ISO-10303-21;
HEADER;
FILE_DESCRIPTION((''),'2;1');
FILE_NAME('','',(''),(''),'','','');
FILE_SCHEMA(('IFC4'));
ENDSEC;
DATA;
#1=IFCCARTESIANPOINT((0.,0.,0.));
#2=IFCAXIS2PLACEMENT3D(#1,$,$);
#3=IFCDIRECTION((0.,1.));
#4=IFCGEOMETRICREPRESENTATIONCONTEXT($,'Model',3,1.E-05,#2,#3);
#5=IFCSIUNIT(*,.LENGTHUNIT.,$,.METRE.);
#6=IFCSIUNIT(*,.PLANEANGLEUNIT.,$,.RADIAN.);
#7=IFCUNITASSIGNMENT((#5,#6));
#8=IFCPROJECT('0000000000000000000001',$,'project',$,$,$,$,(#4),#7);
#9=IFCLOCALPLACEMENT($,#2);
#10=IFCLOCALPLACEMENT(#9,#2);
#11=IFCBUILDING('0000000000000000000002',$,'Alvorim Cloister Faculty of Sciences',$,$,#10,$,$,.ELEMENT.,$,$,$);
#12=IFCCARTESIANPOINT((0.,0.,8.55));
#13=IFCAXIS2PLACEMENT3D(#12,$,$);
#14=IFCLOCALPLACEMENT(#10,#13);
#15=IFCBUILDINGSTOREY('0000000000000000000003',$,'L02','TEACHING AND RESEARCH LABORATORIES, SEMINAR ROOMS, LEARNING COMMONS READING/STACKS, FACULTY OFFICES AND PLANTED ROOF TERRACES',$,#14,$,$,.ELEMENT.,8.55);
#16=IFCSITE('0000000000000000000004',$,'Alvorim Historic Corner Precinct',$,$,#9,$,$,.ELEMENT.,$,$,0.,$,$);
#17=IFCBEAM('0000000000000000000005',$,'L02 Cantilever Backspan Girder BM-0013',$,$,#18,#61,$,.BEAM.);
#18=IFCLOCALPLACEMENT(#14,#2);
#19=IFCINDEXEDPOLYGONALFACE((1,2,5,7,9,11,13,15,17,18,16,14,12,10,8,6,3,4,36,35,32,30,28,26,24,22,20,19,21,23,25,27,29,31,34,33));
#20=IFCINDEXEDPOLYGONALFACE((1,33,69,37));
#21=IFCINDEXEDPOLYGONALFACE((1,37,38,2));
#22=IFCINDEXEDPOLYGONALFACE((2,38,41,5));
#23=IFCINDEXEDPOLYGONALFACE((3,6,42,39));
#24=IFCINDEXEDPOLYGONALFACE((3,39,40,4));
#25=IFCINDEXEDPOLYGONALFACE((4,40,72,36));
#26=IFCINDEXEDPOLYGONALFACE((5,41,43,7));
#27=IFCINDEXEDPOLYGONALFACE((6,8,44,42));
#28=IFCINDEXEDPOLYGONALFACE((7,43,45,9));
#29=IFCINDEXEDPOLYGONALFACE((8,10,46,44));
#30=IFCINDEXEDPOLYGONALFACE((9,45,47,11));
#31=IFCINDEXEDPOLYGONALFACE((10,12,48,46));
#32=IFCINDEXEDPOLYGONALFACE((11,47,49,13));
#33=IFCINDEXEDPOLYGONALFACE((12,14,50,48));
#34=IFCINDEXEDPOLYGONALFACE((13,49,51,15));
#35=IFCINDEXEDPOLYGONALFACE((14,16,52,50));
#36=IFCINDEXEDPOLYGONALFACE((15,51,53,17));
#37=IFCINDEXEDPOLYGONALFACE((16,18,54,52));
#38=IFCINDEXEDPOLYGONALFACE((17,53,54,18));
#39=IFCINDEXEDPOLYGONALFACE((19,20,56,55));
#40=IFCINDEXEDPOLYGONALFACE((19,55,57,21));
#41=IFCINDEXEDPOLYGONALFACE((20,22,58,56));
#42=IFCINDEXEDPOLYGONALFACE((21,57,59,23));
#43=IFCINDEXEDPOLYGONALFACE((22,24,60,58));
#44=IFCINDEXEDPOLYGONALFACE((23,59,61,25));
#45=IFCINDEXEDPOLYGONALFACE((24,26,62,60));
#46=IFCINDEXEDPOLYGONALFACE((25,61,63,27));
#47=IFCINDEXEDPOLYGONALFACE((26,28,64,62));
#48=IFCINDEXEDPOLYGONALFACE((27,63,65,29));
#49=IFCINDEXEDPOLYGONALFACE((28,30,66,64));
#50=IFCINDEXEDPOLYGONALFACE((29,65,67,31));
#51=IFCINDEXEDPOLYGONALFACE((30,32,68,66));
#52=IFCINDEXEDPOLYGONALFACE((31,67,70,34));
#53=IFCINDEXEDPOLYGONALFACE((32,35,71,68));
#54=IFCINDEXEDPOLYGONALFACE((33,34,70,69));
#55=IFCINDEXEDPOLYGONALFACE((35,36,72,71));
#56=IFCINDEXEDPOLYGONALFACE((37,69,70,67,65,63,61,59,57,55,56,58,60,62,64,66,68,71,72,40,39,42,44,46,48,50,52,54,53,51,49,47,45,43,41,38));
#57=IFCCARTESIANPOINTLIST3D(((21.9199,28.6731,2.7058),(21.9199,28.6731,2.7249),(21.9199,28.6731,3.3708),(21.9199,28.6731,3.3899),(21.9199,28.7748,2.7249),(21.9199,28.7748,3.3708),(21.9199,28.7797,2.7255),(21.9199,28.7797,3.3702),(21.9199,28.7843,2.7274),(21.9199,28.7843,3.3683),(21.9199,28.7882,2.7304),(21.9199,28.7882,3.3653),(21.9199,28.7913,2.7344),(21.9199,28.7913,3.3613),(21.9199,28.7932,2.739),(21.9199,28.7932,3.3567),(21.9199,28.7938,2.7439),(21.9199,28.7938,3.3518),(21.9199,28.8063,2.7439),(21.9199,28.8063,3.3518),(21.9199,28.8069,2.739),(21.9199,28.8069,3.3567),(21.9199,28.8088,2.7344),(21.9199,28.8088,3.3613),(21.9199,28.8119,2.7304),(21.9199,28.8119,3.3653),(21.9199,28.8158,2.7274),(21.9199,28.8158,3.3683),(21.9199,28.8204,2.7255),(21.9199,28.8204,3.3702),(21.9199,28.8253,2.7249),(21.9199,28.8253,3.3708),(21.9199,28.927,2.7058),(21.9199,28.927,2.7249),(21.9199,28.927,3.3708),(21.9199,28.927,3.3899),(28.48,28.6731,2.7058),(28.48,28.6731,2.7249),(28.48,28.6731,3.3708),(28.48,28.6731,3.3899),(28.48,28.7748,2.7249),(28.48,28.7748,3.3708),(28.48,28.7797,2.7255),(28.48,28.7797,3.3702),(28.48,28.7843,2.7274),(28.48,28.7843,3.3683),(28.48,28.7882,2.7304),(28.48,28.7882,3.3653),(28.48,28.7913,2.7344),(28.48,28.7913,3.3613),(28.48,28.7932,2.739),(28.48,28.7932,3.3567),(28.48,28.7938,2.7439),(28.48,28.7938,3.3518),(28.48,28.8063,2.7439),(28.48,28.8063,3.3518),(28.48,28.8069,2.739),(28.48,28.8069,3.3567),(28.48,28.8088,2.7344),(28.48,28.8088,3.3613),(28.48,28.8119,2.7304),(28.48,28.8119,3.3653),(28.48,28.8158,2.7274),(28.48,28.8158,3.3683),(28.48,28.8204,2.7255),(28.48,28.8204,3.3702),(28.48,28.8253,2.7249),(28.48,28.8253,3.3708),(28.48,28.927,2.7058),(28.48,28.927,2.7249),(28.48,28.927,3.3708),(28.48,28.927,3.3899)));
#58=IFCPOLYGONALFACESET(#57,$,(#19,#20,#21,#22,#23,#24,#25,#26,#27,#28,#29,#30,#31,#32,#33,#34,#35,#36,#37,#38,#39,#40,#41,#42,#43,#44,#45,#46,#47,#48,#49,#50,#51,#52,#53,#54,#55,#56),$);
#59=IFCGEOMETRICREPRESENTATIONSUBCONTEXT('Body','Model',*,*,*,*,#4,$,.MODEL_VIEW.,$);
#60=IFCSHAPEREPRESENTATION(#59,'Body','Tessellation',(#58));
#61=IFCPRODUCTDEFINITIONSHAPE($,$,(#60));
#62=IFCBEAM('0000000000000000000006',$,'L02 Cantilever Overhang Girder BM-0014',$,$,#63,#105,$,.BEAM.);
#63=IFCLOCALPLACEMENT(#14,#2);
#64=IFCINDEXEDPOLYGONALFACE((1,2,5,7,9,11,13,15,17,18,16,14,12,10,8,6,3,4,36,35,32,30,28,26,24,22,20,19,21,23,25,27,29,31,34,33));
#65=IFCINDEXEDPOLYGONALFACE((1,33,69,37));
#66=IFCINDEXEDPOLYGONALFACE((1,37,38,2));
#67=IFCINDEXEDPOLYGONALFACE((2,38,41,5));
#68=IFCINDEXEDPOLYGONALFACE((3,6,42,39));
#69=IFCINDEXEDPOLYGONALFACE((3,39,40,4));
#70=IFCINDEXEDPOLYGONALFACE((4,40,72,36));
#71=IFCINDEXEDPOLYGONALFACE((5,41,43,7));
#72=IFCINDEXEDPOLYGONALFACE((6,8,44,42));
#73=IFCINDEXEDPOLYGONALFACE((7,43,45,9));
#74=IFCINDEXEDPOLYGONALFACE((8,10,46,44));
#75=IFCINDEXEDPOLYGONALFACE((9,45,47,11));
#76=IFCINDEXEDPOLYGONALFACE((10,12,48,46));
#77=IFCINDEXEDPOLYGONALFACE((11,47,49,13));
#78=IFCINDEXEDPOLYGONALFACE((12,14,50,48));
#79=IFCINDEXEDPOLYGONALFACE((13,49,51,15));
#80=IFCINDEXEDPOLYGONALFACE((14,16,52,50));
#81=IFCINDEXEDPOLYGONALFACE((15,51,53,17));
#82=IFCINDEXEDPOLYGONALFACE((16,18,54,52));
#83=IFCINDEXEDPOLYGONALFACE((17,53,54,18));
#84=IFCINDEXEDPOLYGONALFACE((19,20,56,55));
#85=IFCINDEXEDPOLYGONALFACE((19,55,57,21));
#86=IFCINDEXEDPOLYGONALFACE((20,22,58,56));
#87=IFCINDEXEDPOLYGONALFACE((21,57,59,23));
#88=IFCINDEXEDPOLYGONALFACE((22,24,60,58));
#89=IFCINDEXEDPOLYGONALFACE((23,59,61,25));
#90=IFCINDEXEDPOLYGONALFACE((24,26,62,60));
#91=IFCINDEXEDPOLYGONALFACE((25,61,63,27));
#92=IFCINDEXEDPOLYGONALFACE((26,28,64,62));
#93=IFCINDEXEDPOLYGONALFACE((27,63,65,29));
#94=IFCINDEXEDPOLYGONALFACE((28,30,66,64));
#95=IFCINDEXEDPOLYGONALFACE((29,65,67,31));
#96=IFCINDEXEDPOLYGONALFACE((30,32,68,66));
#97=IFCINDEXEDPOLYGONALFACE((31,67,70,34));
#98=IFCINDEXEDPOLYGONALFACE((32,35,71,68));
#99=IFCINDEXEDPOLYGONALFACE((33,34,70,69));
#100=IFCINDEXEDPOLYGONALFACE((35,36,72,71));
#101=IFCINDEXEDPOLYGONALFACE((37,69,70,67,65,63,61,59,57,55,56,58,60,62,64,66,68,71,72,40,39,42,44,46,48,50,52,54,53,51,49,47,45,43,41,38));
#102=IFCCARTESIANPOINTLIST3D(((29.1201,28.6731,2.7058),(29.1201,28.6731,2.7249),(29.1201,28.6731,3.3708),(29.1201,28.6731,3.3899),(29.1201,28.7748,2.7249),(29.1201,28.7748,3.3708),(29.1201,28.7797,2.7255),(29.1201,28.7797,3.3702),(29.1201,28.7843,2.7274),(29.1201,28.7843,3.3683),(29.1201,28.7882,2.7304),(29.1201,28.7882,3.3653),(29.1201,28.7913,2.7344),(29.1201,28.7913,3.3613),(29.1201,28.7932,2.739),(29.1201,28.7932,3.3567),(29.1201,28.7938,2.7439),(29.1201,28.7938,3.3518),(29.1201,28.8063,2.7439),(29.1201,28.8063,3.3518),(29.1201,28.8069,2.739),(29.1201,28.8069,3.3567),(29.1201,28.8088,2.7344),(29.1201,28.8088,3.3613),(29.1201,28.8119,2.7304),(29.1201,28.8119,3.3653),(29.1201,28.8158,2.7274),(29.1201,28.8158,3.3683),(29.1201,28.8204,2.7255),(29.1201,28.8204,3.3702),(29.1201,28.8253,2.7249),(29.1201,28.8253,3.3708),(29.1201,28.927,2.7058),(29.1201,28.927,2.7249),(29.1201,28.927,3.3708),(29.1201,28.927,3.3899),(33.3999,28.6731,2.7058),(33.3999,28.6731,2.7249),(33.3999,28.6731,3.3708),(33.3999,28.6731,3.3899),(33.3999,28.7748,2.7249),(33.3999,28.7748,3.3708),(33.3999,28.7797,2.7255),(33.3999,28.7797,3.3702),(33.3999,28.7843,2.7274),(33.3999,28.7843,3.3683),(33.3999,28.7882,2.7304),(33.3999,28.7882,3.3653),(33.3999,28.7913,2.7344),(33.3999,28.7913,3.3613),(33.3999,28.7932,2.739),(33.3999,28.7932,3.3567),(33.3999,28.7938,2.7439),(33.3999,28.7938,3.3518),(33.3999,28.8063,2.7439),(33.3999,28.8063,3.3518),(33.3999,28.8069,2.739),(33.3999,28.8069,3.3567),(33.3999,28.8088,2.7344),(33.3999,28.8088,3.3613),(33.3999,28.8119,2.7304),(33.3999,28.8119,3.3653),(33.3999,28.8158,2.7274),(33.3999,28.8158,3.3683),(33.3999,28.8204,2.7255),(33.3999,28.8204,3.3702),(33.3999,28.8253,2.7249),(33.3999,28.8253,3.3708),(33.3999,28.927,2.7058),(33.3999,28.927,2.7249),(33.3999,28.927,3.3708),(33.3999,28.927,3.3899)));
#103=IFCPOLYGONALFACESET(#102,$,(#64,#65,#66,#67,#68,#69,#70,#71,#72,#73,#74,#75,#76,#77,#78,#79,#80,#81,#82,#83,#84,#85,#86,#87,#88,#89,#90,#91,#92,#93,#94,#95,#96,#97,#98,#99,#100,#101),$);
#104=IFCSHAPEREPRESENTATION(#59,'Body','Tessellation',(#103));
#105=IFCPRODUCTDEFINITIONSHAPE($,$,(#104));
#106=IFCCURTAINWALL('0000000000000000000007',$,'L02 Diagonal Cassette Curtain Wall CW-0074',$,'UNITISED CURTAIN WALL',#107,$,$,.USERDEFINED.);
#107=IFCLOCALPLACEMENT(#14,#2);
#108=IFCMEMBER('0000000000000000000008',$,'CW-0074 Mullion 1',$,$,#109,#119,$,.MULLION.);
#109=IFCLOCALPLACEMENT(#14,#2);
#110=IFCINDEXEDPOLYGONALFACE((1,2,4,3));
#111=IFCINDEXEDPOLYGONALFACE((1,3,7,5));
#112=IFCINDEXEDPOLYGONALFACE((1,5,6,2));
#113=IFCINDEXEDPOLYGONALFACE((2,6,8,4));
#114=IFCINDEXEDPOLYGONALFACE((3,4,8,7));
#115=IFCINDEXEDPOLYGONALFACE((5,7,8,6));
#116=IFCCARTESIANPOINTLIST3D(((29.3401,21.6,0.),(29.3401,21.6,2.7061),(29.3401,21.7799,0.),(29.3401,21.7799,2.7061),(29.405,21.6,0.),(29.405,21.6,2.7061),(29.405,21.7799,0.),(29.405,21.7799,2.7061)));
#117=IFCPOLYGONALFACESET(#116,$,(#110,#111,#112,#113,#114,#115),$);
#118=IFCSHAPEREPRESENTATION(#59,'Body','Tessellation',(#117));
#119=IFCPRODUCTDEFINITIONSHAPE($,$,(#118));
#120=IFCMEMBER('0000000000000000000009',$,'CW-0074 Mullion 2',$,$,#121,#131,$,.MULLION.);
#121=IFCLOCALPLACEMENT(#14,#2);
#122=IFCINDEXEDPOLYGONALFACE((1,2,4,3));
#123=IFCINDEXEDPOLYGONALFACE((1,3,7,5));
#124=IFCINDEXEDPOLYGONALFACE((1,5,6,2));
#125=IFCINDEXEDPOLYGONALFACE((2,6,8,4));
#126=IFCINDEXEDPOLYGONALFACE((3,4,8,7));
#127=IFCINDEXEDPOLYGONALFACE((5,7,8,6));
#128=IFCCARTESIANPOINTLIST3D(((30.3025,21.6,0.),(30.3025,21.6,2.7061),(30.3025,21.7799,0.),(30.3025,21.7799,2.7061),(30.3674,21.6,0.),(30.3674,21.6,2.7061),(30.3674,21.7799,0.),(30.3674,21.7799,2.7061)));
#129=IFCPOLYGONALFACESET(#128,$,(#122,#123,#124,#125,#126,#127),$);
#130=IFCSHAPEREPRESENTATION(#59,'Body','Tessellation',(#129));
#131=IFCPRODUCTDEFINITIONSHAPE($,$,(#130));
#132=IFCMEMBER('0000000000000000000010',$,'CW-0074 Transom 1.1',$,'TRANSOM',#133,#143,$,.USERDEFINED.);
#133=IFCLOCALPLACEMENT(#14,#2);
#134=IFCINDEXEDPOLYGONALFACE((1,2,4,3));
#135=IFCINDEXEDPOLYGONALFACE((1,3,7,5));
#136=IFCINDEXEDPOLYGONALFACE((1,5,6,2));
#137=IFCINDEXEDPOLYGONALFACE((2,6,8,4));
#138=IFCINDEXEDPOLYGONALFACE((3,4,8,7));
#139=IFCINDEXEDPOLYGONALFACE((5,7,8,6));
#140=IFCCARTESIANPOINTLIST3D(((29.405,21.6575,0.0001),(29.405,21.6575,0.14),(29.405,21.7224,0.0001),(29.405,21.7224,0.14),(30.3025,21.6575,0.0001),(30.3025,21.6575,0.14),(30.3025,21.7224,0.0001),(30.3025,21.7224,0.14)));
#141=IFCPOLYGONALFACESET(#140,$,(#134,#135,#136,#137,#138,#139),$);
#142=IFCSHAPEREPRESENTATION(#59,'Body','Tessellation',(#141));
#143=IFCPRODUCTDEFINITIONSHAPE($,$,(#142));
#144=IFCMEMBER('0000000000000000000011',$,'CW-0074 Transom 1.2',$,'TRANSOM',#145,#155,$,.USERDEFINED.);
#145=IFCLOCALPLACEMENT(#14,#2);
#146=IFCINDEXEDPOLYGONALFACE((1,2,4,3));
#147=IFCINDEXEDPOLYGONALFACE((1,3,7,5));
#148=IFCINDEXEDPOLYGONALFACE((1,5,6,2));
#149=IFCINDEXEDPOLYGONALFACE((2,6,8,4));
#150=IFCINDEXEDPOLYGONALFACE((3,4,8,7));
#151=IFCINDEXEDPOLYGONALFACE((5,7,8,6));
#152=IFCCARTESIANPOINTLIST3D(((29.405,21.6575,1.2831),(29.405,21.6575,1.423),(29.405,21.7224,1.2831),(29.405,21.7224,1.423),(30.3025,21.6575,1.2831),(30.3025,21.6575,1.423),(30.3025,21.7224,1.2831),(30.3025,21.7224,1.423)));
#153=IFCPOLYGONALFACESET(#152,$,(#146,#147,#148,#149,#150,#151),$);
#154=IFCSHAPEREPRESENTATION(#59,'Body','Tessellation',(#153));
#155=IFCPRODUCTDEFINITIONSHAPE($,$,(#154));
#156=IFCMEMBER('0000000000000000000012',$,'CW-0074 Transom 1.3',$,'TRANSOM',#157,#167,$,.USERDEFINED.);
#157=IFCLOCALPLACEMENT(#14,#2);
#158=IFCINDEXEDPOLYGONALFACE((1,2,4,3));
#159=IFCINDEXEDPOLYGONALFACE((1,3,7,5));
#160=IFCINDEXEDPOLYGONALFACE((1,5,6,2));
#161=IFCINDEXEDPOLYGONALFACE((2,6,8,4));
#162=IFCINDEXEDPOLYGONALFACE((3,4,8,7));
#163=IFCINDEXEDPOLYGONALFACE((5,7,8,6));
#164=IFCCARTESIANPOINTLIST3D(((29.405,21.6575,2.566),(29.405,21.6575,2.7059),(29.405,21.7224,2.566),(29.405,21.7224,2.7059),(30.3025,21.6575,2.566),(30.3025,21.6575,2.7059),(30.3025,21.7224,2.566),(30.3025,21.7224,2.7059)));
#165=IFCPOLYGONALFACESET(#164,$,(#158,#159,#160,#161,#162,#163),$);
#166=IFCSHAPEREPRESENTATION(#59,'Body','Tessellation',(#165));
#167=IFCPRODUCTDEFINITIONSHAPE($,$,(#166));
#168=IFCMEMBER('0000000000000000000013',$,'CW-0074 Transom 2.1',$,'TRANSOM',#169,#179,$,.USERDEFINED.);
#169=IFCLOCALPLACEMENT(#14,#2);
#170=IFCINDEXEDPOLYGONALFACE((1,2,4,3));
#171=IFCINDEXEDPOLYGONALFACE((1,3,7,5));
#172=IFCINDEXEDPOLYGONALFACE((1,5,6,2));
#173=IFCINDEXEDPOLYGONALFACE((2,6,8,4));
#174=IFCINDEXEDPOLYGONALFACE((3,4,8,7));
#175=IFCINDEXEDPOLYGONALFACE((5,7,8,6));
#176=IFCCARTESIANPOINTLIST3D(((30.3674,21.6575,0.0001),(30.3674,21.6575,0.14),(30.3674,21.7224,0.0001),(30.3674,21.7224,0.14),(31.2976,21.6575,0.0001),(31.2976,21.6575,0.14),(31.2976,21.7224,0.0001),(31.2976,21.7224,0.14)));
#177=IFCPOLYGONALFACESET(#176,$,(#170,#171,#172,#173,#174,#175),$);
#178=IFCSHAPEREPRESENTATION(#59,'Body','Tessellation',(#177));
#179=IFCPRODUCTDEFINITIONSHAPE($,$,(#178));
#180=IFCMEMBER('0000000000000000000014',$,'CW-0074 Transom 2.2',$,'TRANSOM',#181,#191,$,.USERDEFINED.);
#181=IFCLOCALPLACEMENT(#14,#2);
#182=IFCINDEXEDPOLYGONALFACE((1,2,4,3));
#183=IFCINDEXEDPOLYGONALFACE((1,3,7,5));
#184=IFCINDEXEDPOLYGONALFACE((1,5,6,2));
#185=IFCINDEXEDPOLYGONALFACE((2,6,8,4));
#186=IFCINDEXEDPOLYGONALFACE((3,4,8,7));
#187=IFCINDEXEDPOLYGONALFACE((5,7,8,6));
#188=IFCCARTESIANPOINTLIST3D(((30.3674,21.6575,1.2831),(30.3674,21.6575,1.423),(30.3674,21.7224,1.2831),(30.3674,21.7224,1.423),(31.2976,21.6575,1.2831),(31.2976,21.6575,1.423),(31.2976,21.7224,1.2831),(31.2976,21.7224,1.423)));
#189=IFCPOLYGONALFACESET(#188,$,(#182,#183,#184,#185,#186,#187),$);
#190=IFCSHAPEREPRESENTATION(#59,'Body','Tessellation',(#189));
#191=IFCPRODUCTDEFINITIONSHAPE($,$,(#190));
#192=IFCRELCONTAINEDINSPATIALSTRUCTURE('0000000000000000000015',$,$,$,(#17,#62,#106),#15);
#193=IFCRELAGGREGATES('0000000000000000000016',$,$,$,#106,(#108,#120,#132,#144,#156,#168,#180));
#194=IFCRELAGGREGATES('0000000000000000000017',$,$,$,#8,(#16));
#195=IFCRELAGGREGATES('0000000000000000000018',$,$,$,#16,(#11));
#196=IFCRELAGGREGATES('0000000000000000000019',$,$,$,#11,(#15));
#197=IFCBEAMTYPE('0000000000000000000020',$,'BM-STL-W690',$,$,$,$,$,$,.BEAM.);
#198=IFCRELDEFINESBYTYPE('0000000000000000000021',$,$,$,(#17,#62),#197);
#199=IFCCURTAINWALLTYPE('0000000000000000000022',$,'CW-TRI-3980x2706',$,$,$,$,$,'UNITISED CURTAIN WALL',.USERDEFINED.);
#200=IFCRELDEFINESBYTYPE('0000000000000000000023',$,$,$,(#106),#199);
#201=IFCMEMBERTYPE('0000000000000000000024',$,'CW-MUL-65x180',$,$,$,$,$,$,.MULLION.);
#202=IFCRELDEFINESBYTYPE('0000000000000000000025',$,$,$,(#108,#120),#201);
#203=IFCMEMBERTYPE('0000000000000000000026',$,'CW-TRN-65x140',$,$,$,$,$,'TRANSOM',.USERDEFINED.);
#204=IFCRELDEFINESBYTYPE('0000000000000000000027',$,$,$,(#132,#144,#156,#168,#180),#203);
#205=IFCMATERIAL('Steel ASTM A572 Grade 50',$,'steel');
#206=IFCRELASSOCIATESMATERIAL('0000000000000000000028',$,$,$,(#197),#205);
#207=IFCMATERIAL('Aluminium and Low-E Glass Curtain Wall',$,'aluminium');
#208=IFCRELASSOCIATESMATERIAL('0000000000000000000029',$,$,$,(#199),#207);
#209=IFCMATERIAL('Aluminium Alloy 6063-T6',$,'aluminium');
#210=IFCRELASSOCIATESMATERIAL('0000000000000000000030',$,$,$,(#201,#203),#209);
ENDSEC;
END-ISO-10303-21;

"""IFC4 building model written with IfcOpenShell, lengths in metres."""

from ifc_helpers import new_model, si_unit, direction, frame, origin, origin_2d, place, context, subcontext, project, spatial, rectangle, i_section, extrude, material, material_profile, profile_set, type_object, element, aggregate, save


model = new_model("IFC4")

# Units and contexts
model_context = context("Model", 3, precision=1e-05, world=origin(), true_north=direction((0.0, 1.0)))
body_context = subcontext(model_context, "Body", "Model", "MODEL_VIEW")
ifc_project = project(units=[si_unit("LENGTHUNIT", "METRE"), si_unit("PLANEANGLEUNIT", "RADIAN")], contexts=[model_context])

# Site, building, storey
site_placement = place(None, origin())
site = spatial("IfcSite", under=ifc_project, at=site_placement, Name="Alvorim Historic Corner Precinct", CompositionType="ELEMENT", RefElevation=0.0)
building_placement = place(site_placement, origin())
building = spatial("IfcBuilding", under=site, at=building_placement, Name="Alvorim Cloister Faculty of Sciences", CompositionType="ELEMENT")
storey_placement = place(building_placement, frame((0.0, 0.0, 8.55)))
storey = spatial("IfcBuildingStorey", under=building, at=storey_placement, Name="L02", Description="TEACHING AND RESEARCH LABORATORIES, SEMINAR ROOMS, LEARNING COMMONS READING/STACKS, FACULTY OFFICES AND PLANTED ROOF TERRACES", CompositionType="ELEMENT", Elevation=8.55)

# Beams
ifc_material_1 = material(Name="Steel ASTM A572 Grade 50", Category="steel")
ifc_material_profile_1 = material_profile(ifc_material_1, i_section(OverallWidth=0.2539, OverallDepth=0.6841, WebThickness=0.0125, FlangeThickness=0.019, FilletRadius=0.019, at=origin_2d()), Name="W690x140.0")
ifc_profile_set_1 = profile_set([ifc_material_profile_1], Name="Steel ASTM A572 Grade 50")
beam_type_1 = type_object("IfcBeamType", Name="BM-STL-W690", PredefinedType="BEAM", material=ifc_profile_set_1)
beam_1_placement = place(storey_placement, frame((21.9199, 28.8, 3.0479), z_axis=(1.0, 0.0, 0.0), x_axis=(0.0, 1.0, 0.0)))
element("IfcBeam", 1, at=beam_1_placement, inside=storey, type_object=beam_type_1, Name="L02 Cantilever Backspan Girder BM-0013", PredefinedType="BEAM", context=body_context, shape_type="SweptSolid", body=[
    extrude(i_section(OverallWidth=0.2539, OverallDepth=0.6841, WebThickness=0.0125, FlangeThickness=0.019, FilletRadius=0.019, at=origin_2d()), origin(), (0.0, 0.0, 1.0), 6.5601),
])
beam_2_placement = place(storey_placement, frame((29.1201, 28.8, 3.0479), z_axis=(1.0, 0.0, 0.0), x_axis=(0.0, 1.0, 0.0)))
element("IfcBeam", 2, at=beam_2_placement, inside=storey, type_object=beam_type_1, Name="L02 Cantilever Overhang Girder BM-0014", PredefinedType="BEAM", context=body_context, shape_type="SweptSolid", body=[
    extrude(i_section(OverallWidth=0.2539, OverallDepth=0.6841, WebThickness=0.0125, FlangeThickness=0.019, FilletRadius=0.019, at=origin_2d()), origin(), (0.0, 0.0, 1.0), 4.2798),
])

# Curtain wall, members
ifc_material_2 = material(Name="Aluminium and Low-E Glass Curtain Wall", Category="aluminium")
curtain_wall_type = type_object("IfcCurtainWallType", Name="CW-TRI-3980x2706", ElementType="UNITISED CURTAIN WALL", PredefinedType="USERDEFINED", material=ifc_material_2)
curtain_wall_placement = place(storey_placement, origin())
curtain_wall = element("IfcCurtainWall", 3, at=curtain_wall_placement, inside=storey, type_object=curtain_wall_type, Name="L02 Diagonal Cassette Curtain Wall CW-0074", ObjectType="UNITISED CURTAIN WALL", PredefinedType="USERDEFINED")
ifc_material_3 = material(Name="Aluminium Alloy 6063-T6", Category="aluminium")
ifc_material_profile_2 = material_profile(ifc_material_3, rectangle(XDim=0.0649, YDim=0.1799, at=origin_2d()), Name="ALU-MUL-65x180")
ifc_profile_set_2 = profile_set([ifc_material_profile_2], Name="Aluminium Alloy 6063-T6")
member_type_1 = type_object("IfcMemberType", Name="CW-MUL-65x180", PredefinedType="MULLION", material=ifc_profile_set_2)
member_1_placement = place(storey_placement, frame((29.3726, 21.6899, 0.0), z_axis=(0.0, 0.0, 1.0), x_axis=(1.0, 0.0, 0.0)))
member_1 = element("IfcMember", 4, at=member_1_placement, type_object=member_type_1, Name="CW-0074 Mullion 1", PredefinedType="MULLION", context=body_context, shape_type="SweptSolid", body=[
    extrude(rectangle(XDim=0.0649, YDim=0.1799, at=origin_2d()), origin(), (0.0, 0.0, 1.0), 2.7061),
])
member_2_placement = place(storey_placement, frame((30.335, 21.6899, 0.0), z_axis=(0.0, 0.0, 1.0), x_axis=(1.0, 0.0, 0.0)))
member_2 = element("IfcMember", 5, at=member_2_placement, type_object=member_type_1, Name="CW-0074 Mullion 2", PredefinedType="MULLION", context=body_context, shape_type="SweptSolid", body=[
    extrude(rectangle(XDim=0.0649, YDim=0.1799, at=origin_2d()), origin(), (0.0, 0.0, 1.0), 2.7061),
])
ifc_material_profile_3 = material_profile(ifc_material_3, rectangle(XDim=0.0649, YDim=0.1399, at=origin_2d()), Name="ALU-TRN-65x140")
ifc_profile_set_3 = profile_set([ifc_material_profile_3], Name="Aluminium Alloy 6063-T6")
member_type_2 = type_object("IfcMemberType", Name="CW-TRN-65x140", ElementType="TRANSOM", PredefinedType="USERDEFINED", material=ifc_profile_set_3)
member_3_placement = place(storey_placement, frame((29.405, 21.6899, 0.0701), z_axis=(1.0, 0.0, 0.0), x_axis=(0.0, 1.0, 0.0)))
member_3 = element("IfcMember", 6, at=member_3_placement, type_object=member_type_2, Name="CW-0074 Transom 1.1", ObjectType="TRANSOM", PredefinedType="USERDEFINED", context=body_context, shape_type="SweptSolid", body=[
    extrude(rectangle(XDim=0.0649, YDim=0.1399, at=origin_2d()), origin(), (0.0, 0.0, 1.0), 0.8975),
])
member_4_placement = place(storey_placement, frame((29.405, 21.6899, 1.353), z_axis=(1.0, 0.0, 0.0), x_axis=(0.0, 1.0, 0.0)))
member_4 = element("IfcMember", 7, at=member_4_placement, type_object=member_type_2, Name="CW-0074 Transom 1.2", ObjectType="TRANSOM", PredefinedType="USERDEFINED", context=body_context, shape_type="SweptSolid", body=[
    extrude(rectangle(XDim=0.0649, YDim=0.1399, at=origin_2d()), origin(), (0.0, 0.0, 1.0), 0.8975),
])
member_5_placement = place(storey_placement, frame((29.405, 21.6899, 2.636), z_axis=(1.0, 0.0, 0.0), x_axis=(0.0, 1.0, 0.0)))
member_5 = element("IfcMember", 8, at=member_5_placement, type_object=member_type_2, Name="CW-0074 Transom 1.3", ObjectType="TRANSOM", PredefinedType="USERDEFINED", context=body_context, shape_type="SweptSolid", body=[
    extrude(rectangle(XDim=0.0649, YDim=0.1399, at=origin_2d()), origin(), (0.0, 0.0, 1.0), 0.8975),
])
member_6_placement = place(storey_placement, frame((30.3674, 21.6899, 0.0701), z_axis=(1.0, 0.0, 0.0), x_axis=(0.0, 1.0, 0.0)))
member_6 = element("IfcMember", 9, at=member_6_placement, type_object=member_type_2, Name="CW-0074 Transom 2.1", ObjectType="TRANSOM", PredefinedType="USERDEFINED", context=body_context, shape_type="SweptSolid", body=[
    extrude(rectangle(XDim=0.0649, YDim=0.1399, at=origin_2d()), origin(), (0.0, 0.0, 1.0), 0.9302),
])
member_7_placement = place(storey_placement, frame((30.3674, 21.6899, 1.353), z_axis=(1.0, 0.0, 0.0), x_axis=(0.0, 1.0, 0.0)))
member_7 = element("IfcMember", 10, at=member_7_placement, type_object=member_type_2, Name="CW-0074 Transom 2.2", ObjectType="TRANSOM", PredefinedType="USERDEFINED", context=body_context, shape_type="SweptSolid", body=[
    extrude(rectangle(XDim=0.0649, YDim=0.1399, at=origin_2d()), origin(), (0.0, 0.0, 1.0), 0.9302),
])
aggregate(curtain_wall, [member_1, member_2, member_3, member_4, member_5, member_6, member_7])

save(model, "model.ifc")
